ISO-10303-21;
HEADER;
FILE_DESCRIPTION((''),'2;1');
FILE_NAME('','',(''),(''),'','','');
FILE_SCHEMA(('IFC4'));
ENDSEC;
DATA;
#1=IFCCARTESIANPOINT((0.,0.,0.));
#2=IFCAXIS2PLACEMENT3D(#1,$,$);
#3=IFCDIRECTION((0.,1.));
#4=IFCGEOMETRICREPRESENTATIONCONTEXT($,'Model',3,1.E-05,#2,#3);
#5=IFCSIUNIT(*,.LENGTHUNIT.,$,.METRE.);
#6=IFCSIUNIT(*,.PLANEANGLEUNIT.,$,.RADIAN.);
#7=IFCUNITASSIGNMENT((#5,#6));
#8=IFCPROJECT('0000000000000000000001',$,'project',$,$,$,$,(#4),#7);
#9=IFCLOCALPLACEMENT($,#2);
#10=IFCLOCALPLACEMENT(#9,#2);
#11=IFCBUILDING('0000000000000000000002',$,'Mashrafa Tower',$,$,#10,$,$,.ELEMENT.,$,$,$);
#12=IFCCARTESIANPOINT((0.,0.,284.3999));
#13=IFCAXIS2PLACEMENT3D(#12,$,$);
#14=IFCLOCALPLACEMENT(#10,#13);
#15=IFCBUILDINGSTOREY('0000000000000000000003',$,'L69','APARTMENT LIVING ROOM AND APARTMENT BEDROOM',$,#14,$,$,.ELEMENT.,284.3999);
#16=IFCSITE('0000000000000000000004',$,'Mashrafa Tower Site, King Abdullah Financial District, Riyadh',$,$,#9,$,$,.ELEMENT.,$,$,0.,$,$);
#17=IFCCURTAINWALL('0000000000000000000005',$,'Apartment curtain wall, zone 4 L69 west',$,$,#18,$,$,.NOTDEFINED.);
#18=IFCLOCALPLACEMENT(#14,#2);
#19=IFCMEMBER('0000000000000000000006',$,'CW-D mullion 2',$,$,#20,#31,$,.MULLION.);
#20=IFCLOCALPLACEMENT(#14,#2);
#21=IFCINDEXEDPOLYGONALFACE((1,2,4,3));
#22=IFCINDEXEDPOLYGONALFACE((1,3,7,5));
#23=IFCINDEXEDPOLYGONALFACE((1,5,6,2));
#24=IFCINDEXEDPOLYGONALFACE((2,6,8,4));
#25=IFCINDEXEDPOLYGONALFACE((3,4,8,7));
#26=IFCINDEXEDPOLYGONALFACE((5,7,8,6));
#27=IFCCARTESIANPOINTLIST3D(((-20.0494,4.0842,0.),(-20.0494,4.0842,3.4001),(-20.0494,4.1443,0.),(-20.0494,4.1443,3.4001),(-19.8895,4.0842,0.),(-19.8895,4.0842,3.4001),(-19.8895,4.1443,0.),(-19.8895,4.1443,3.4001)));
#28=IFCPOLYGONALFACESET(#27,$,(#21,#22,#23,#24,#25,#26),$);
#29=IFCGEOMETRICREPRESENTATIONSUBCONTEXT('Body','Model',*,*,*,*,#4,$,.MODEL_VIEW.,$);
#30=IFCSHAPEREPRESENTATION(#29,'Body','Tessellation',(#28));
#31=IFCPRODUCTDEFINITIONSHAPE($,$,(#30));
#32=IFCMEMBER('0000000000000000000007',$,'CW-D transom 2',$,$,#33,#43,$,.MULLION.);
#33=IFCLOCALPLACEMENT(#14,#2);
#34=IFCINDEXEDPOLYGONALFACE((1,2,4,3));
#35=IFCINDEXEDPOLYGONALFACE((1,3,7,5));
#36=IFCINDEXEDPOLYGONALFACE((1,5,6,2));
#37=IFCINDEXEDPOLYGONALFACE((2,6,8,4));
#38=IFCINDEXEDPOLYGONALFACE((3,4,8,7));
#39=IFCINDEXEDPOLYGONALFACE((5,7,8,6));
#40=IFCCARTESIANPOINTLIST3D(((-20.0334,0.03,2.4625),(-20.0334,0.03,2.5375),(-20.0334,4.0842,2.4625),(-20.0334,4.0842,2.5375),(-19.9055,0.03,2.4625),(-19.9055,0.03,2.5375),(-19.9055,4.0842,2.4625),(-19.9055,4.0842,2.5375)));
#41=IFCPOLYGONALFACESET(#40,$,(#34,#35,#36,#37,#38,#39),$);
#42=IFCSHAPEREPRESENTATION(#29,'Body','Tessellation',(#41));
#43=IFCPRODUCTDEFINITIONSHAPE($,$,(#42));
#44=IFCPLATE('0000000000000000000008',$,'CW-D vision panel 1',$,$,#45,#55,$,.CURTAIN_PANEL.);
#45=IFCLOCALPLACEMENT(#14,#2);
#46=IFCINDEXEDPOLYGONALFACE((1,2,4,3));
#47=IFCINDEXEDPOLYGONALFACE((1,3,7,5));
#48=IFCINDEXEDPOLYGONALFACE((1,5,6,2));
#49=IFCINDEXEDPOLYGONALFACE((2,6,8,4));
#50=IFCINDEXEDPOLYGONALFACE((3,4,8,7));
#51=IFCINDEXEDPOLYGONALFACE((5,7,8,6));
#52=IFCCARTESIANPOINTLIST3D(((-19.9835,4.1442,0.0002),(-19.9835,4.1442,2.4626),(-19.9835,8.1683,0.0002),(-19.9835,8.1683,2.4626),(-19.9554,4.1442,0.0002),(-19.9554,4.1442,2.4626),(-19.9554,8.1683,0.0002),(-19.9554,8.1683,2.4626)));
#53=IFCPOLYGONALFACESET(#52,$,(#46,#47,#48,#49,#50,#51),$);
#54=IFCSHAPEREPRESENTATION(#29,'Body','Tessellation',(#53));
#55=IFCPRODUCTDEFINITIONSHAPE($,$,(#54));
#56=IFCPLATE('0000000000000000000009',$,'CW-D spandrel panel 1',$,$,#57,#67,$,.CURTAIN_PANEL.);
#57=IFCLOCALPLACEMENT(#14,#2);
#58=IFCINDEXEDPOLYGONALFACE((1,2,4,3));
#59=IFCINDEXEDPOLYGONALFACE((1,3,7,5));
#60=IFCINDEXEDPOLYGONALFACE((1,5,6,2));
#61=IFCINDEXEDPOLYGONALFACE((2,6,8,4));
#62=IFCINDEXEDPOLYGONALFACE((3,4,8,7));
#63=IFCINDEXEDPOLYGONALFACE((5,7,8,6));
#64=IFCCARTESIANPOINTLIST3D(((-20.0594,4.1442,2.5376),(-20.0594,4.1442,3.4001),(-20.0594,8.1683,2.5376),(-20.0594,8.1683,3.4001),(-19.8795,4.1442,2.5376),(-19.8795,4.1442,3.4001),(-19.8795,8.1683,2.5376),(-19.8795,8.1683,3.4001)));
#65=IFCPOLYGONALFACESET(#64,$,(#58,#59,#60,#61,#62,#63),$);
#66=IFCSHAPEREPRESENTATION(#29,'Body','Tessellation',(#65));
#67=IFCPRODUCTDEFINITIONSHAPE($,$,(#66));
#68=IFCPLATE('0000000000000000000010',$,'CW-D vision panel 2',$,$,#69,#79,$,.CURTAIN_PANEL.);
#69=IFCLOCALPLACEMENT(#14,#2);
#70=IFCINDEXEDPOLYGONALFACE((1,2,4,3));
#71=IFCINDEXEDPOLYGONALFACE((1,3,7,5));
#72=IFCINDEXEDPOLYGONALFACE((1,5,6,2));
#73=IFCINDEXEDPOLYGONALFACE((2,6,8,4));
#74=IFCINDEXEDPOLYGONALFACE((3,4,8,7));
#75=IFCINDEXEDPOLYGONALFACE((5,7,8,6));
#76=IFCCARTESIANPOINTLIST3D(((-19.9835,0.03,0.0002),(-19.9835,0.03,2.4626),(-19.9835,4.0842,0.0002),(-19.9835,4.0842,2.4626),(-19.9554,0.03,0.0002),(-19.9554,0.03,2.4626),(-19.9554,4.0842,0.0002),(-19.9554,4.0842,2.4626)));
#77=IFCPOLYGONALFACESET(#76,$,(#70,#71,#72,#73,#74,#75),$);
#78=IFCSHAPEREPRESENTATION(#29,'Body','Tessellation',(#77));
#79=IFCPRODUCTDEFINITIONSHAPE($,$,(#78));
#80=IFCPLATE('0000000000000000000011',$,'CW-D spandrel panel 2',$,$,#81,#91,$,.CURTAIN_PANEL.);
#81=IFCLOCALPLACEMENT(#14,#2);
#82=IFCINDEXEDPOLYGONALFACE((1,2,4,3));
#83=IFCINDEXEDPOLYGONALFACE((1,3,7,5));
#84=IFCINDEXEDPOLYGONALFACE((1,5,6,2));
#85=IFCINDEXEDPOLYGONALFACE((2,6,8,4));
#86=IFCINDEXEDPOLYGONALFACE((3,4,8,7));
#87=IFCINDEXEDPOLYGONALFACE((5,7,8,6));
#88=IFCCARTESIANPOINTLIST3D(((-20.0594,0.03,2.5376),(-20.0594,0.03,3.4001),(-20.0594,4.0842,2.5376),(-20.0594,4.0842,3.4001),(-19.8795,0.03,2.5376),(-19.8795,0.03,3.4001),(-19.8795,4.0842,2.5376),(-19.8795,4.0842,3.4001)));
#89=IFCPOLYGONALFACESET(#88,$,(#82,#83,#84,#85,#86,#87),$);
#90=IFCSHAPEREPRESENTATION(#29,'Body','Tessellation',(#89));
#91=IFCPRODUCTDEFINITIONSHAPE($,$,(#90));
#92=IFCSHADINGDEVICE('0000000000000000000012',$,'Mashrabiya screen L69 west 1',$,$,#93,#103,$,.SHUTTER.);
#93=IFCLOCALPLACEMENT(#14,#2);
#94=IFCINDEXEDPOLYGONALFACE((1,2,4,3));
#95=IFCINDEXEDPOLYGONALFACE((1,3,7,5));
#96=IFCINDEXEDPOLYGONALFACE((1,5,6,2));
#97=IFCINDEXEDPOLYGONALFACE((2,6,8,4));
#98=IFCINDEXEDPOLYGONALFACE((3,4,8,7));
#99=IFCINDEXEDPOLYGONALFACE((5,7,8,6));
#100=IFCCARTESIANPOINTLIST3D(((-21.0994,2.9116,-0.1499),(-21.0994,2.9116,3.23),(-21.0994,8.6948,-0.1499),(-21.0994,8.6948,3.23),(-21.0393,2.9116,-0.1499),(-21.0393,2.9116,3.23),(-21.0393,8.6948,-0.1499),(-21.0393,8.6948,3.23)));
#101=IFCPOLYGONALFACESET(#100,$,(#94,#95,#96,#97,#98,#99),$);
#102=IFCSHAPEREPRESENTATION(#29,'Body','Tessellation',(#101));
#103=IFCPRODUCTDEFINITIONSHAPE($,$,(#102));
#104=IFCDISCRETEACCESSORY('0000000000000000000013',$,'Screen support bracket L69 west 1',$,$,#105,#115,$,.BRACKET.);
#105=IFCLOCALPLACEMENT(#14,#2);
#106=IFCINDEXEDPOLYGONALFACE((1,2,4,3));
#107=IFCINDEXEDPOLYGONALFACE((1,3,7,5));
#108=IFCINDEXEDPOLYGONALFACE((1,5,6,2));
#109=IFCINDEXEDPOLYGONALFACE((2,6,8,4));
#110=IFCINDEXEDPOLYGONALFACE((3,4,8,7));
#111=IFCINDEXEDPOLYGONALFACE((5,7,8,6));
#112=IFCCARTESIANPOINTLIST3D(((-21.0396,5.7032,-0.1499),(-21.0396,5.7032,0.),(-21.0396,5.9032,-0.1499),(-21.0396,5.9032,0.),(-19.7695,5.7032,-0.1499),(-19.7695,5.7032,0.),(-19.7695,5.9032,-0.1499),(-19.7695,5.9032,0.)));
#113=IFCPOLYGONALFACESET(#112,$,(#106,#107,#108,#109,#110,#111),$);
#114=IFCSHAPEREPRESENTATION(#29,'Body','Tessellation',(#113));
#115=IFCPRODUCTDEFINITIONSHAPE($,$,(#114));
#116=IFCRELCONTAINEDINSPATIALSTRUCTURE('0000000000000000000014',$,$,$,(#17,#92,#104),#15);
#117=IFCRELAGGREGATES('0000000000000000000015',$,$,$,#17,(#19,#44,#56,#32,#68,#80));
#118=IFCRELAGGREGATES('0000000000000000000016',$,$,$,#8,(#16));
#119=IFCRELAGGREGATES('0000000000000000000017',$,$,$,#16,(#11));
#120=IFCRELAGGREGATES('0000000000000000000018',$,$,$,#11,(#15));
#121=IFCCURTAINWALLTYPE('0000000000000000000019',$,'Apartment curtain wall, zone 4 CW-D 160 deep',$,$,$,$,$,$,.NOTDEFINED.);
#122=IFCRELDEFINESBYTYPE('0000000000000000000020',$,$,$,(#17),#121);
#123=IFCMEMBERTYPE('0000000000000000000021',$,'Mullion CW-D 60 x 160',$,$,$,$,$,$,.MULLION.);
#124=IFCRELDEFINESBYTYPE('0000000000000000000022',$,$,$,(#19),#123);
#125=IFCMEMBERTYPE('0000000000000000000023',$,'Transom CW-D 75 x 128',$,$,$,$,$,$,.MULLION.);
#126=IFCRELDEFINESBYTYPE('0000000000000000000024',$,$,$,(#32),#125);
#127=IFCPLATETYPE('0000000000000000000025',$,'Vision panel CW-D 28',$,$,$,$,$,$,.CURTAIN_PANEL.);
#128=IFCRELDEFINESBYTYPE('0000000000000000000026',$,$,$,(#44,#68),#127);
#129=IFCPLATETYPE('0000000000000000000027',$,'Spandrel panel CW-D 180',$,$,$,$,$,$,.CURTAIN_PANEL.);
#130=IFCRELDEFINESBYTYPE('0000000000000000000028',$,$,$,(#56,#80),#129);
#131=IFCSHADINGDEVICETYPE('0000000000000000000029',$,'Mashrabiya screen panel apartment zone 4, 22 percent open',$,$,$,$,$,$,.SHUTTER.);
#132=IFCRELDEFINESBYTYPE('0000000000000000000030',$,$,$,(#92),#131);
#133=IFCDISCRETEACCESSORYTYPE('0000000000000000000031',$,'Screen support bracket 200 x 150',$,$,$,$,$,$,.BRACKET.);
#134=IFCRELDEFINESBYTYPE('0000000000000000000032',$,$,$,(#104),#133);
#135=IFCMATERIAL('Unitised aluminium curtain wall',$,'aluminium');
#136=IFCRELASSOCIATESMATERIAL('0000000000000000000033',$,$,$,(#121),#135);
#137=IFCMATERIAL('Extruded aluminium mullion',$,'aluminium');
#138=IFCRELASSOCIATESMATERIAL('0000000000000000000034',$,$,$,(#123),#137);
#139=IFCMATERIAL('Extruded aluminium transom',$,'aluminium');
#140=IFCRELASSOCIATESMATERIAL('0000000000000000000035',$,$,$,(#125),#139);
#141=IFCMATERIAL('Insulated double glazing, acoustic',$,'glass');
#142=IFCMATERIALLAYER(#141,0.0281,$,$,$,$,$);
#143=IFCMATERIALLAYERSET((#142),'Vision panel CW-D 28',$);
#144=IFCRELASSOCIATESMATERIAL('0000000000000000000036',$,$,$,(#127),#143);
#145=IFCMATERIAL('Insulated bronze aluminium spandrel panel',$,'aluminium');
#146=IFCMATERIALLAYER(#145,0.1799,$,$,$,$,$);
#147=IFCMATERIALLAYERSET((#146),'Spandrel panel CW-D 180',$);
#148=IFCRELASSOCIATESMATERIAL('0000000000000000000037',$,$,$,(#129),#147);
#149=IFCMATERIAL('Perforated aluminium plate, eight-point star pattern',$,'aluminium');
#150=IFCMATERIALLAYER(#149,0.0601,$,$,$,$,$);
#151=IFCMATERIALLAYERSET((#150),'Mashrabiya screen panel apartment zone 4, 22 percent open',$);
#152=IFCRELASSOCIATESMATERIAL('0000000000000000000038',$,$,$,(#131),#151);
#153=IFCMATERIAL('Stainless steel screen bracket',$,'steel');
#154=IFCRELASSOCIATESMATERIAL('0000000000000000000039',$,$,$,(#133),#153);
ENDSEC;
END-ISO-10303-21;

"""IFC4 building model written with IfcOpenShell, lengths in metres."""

from ifc_helpers import new_model, si_unit, direction, frame, origin, origin_2d, place, context, subcontext, project, spatial, rectangle, extrude, source, transform, mapped, material, layer, layer_set, material_profile, profile_set, type_object, type_shapes, element, aggregate, save


model = new_model("IFC4")

# Units and contexts
model_context = context("Model", 3, precision=1e-05, world=origin(), true_north=direction((0.0, 1.0)))
body_context = subcontext(model_context, "Body", "Model", "MODEL_VIEW")
ifc_project = project(units=[si_unit("LENGTHUNIT", "METRE"), si_unit("PLANEANGLEUNIT", "RADIAN")], contexts=[model_context])

# Site, building, storey
site_placement = place(None, origin())
site = spatial("IfcSite", under=ifc_project, at=site_placement, Name="Mashrafa Tower Site, King Abdullah Financial District, Riyadh", CompositionType="ELEMENT", RefElevation=0.0)
building_placement = place(site_placement, origin())
building = spatial("IfcBuilding", under=site, at=building_placement, Name="Mashrafa Tower", CompositionType="ELEMENT")
storey_placement = place(building_placement, frame((0.0, 0.0, 284.3999)))
storey = spatial("IfcBuildingStorey", under=building, at=storey_placement, Name="L69", Description="APARTMENT LIVING ROOM AND APARTMENT BEDROOM", CompositionType="ELEMENT", Elevation=284.3999)

# Curtain wall, members, plates
ifc_material_1 = material(Name="Unitised aluminium curtain wall", Category="aluminium")
curtain_wall_type = type_object("IfcCurtainWallType", Name="Apartment curtain wall, zone 4 CW-D 160 deep", PredefinedType="NOTDEFINED", material=ifc_material_1)
curtain_wall_placement = place(storey_placement, origin())
curtain_wall = element("IfcCurtainWall", 1, at=curtain_wall_placement, inside=storey, type_object=curtain_wall_type, Name="Apartment curtain wall, zone 4 L69 west", PredefinedType="NOTDEFINED")
ifc_material_2 = material(Name="Extruded aluminium mullion", Category="aluminium")
ifc_material_profile_1 = material_profile(ifc_material_2, rectangle(XDim=0.1599, YDim=0.0601, at=origin_2d()), Name="Mullion 60x160")
ifc_profile_set_1 = profile_set([ifc_material_profile_1], Name="Extruded aluminium mullion")
member_type_1 = type_object("IfcMemberType", Name="Mullion CW-D 60 x 160", PredefinedType="MULLION", material=ifc_profile_set_1)
shared_shape_1 = source(origin(), body_context, "Body", "SweptSolid", [
    extrude(rectangle(XDim=0.1599, YDim=0.0601, at=origin_2d()), origin(), (0.0, 0.0, 1.0), 3.4001),
])
type_shapes(member_type_1, [shared_shape_1])
member_1_placement = place(storey_placement, frame((-19.9695, 4.1143, 0.0), z_axis=(0.0, 0.0, 1.0), x_axis=(1.0, 0.0, 0.0)))
member_1 = element("IfcMember", 2, at=member_1_placement, type_object=member_type_1, Name="CW-D mullion 2", PredefinedType="MULLION", context=body_context, shape_type="MappedRepresentation", body=[
    mapped(shared_shape_1, transform((0.0, 0.0, 0.0))),
])
ifc_material_3 = material(Name="Extruded aluminium transom", Category="aluminium")
ifc_material_profile_2 = material_profile(ifc_material_3, rectangle(XDim=0.1279, YDim=0.075, at=origin_2d()), Name="Transom 75x128")
ifc_profile_set_2 = profile_set([ifc_material_profile_2], Name="Extruded aluminium transom")
member_type_2 = type_object("IfcMemberType", Name="Transom CW-D 75 x 128", PredefinedType="MULLION", material=ifc_profile_set_2)
shared_shape_2 = source(origin(), body_context, "Body", "SweptSolid", [
    extrude(rectangle(XDim=0.1279, YDim=0.075, at=origin_2d()), origin(), (0.0, 0.0, 1.0), 4.0542),
])
type_shapes(member_type_2, [shared_shape_2])
member_2_placement = place(storey_placement, frame((-19.9695, 4.0842, 2.5), z_axis=(0.0, -1.0, 0.0), x_axis=(1.0, 0.0, 0.0)))
member_2 = element("IfcMember", 3, at=member_2_placement, type_object=member_type_2, Name="CW-D transom 2", PredefinedType="MULLION", context=body_context, shape_type="MappedRepresentation", body=[
    mapped(shared_shape_2, transform((0.0, 0.0, 0.0))),
])
ifc_material_4 = material(Name="Insulated double glazing, acoustic", Category="glass")
ifc_layer_1 = layer(ifc_material_4, 0.0281)
ifc_layer_set_1 = layer_set([ifc_layer_1], Name="Vision panel CW-D 28")
plate_type_1 = type_object("IfcPlateType", Name="Vision panel CW-D 28", PredefinedType="CURTAIN_PANEL", material=ifc_layer_set_1)
shared_shape_3 = source(origin(), body_context, "Body", "SweptSolid", [
    extrude(rectangle(XDim=4.0242, YDim=0.0281, at=origin_2d()), origin(), (0.0, 0.0, 1.0), 2.4624),
])
plate_1_placement = place(storey_placement, frame((-19.9695, 6.1562, 0.0002), z_axis=(0.0, 0.0, 1.0), x_axis=(0.0, -1.0, 0.0)))
plate_1 = element("IfcPlate", 4, at=plate_1_placement, type_object=plate_type_1, Name="CW-D vision panel 1", PredefinedType="CURTAIN_PANEL", context=body_context, shape_type="MappedRepresentation", body=[
    mapped(shared_shape_3, transform((0.0, 0.0, 0.0))),
])
ifc_material_5 = material(Name="Insulated bronze aluminium spandrel panel", Category="aluminium")
ifc_layer_2 = layer(ifc_material_5, 0.1799)
ifc_layer_set_2 = layer_set([ifc_layer_2], Name="Spandrel panel CW-D 180")
plate_type_2 = type_object("IfcPlateType", Name="Spandrel panel CW-D 180", PredefinedType="CURTAIN_PANEL", material=ifc_layer_set_2)
shared_shape_4 = source(origin(), body_context, "Body", "SweptSolid", [
    extrude(rectangle(XDim=4.0242, YDim=0.1799, at=origin_2d()), origin(), (0.0, 0.0, 1.0), 0.8625),
])
plate_2_placement = place(storey_placement, frame((-19.9695, 6.1562, 2.5376), z_axis=(0.0, 0.0, 1.0), x_axis=(0.0, -1.0, 0.0)))
plate_2 = element("IfcPlate", 5, at=plate_2_placement, type_object=plate_type_2, Name="CW-D spandrel panel 1", PredefinedType="CURTAIN_PANEL", context=body_context, shape_type="MappedRepresentation", body=[
    mapped(shared_shape_4, transform((0.0, 0.0, 0.0))),
])
shared_shape_5 = source(origin(), body_context, "Body", "SweptSolid", [
    extrude(rectangle(XDim=4.0542, YDim=0.0281, at=origin_2d()), origin(), (0.0, 0.0, 1.0), 2.4624),
])
type_shapes(plate_type_1, [shared_shape_3, shared_shape_5])
plate_3_placement = place(storey_placement, frame((-19.9695, 2.0571, 0.0002), z_axis=(0.0, 0.0, 1.0), x_axis=(0.0, -1.0, 0.0)))
plate_3 = element("IfcPlate", 6, at=plate_3_placement, type_object=plate_type_1, Name="CW-D vision panel 2", PredefinedType="CURTAIN_PANEL", context=body_context, shape_type="MappedRepresentation", body=[
    mapped(shared_shape_5, transform((0.0, 0.0, 0.0))),
])
shared_shape_6 = source(origin(), body_context, "Body", "SweptSolid", [
    extrude(rectangle(XDim=4.0542, YDim=0.1799, at=origin_2d()), origin(), (0.0, 0.0, 1.0), 0.8625),
])
type_shapes(plate_type_2, [shared_shape_4, shared_shape_6])
plate_4_placement = place(storey_placement, frame((-19.9695, 2.0571, 2.5376), z_axis=(0.0, 0.0, 1.0), x_axis=(0.0, -1.0, 0.0)))
plate_4 = element("IfcPlate", 7, at=plate_4_placement, type_object=plate_type_2, Name="CW-D spandrel panel 2", PredefinedType="CURTAIN_PANEL", context=body_context, shape_type="MappedRepresentation", body=[
    mapped(shared_shape_6, transform((0.0, 0.0, 0.0))),
])
aggregate(curtain_wall, [member_1, plate_1, plate_2, member_2, plate_3, plate_4])

# Shading device
ifc_material_6 = material(Name="Perforated aluminium plate, eight-point star pattern", Category="aluminium")
ifc_layer_3 = layer(ifc_material_6, 0.0601)
ifc_layer_set_3 = layer_set([ifc_layer_3], Name="Mashrabiya screen panel apartment zone 4, 22 percent open")
shading_device_type = type_object("IfcShadingDeviceType", Name="Mashrabiya screen panel apartment zone 4, 22 percent open", PredefinedType="SHUTTER", material=ifc_layer_set_3)
shared_shape_7 = source(origin(), body_context, "Body", "SweptSolid", [
    extrude(rectangle(XDim=5.7832, YDim=0.0601, at=origin_2d()), origin(), (0.0, 0.0, 1.0), 3.3799),
])
type_shapes(shading_device_type, [shared_shape_7])
shading_device_placement = place(storey_placement, frame((-21.0693, 5.8032, -0.1499), z_axis=(0.0, 0.0, 1.0), x_axis=(0.0, -1.0, 0.0)))
element("IfcShadingDevice", 8, at=shading_device_placement, inside=storey, type_object=shading_device_type, Name="Mashrabiya screen L69 west 1", PredefinedType="SHUTTER", context=body_context, shape_type="MappedRepresentation", body=[
    mapped(shared_shape_7, transform((0.0, 0.0, 0.0))),
])

# Discrete accessory
ifc_material_7 = material(Name="Stainless steel screen bracket", Category="steel")
discrete_accessory_type = type_object("IfcDiscreteAccessoryType", Name="Screen support bracket 200 x 150", PredefinedType="BRACKET", material=ifc_material_7)
shared_shape_8 = source(origin(), body_context, "Body", "SweptSolid", [
    extrude(rectangle(XDim=0.2, YDim=1.27, at=origin_2d()), origin(), (0.0, 0.0, 1.0), 0.1499),
])
type_shapes(discrete_accessory_type, [shared_shape_8])
discrete_accessory_placement = place(storey_placement, frame((-20.4045, 5.8032, -0.1499), z_axis=(0.0, 0.0, 1.0), x_axis=(0.0, -1.0, 0.0)))
element("IfcDiscreteAccessory", 9, at=discrete_accessory_placement, inside=storey, type_object=discrete_accessory_type, Name="Screen support bracket L69 west 1", PredefinedType="BRACKET", context=body_context, shape_type="MappedRepresentation", body=[
    mapped(shared_shape_8, transform((0.0, 0.0, 0.0))),
])

save(model, "model.ifc")
